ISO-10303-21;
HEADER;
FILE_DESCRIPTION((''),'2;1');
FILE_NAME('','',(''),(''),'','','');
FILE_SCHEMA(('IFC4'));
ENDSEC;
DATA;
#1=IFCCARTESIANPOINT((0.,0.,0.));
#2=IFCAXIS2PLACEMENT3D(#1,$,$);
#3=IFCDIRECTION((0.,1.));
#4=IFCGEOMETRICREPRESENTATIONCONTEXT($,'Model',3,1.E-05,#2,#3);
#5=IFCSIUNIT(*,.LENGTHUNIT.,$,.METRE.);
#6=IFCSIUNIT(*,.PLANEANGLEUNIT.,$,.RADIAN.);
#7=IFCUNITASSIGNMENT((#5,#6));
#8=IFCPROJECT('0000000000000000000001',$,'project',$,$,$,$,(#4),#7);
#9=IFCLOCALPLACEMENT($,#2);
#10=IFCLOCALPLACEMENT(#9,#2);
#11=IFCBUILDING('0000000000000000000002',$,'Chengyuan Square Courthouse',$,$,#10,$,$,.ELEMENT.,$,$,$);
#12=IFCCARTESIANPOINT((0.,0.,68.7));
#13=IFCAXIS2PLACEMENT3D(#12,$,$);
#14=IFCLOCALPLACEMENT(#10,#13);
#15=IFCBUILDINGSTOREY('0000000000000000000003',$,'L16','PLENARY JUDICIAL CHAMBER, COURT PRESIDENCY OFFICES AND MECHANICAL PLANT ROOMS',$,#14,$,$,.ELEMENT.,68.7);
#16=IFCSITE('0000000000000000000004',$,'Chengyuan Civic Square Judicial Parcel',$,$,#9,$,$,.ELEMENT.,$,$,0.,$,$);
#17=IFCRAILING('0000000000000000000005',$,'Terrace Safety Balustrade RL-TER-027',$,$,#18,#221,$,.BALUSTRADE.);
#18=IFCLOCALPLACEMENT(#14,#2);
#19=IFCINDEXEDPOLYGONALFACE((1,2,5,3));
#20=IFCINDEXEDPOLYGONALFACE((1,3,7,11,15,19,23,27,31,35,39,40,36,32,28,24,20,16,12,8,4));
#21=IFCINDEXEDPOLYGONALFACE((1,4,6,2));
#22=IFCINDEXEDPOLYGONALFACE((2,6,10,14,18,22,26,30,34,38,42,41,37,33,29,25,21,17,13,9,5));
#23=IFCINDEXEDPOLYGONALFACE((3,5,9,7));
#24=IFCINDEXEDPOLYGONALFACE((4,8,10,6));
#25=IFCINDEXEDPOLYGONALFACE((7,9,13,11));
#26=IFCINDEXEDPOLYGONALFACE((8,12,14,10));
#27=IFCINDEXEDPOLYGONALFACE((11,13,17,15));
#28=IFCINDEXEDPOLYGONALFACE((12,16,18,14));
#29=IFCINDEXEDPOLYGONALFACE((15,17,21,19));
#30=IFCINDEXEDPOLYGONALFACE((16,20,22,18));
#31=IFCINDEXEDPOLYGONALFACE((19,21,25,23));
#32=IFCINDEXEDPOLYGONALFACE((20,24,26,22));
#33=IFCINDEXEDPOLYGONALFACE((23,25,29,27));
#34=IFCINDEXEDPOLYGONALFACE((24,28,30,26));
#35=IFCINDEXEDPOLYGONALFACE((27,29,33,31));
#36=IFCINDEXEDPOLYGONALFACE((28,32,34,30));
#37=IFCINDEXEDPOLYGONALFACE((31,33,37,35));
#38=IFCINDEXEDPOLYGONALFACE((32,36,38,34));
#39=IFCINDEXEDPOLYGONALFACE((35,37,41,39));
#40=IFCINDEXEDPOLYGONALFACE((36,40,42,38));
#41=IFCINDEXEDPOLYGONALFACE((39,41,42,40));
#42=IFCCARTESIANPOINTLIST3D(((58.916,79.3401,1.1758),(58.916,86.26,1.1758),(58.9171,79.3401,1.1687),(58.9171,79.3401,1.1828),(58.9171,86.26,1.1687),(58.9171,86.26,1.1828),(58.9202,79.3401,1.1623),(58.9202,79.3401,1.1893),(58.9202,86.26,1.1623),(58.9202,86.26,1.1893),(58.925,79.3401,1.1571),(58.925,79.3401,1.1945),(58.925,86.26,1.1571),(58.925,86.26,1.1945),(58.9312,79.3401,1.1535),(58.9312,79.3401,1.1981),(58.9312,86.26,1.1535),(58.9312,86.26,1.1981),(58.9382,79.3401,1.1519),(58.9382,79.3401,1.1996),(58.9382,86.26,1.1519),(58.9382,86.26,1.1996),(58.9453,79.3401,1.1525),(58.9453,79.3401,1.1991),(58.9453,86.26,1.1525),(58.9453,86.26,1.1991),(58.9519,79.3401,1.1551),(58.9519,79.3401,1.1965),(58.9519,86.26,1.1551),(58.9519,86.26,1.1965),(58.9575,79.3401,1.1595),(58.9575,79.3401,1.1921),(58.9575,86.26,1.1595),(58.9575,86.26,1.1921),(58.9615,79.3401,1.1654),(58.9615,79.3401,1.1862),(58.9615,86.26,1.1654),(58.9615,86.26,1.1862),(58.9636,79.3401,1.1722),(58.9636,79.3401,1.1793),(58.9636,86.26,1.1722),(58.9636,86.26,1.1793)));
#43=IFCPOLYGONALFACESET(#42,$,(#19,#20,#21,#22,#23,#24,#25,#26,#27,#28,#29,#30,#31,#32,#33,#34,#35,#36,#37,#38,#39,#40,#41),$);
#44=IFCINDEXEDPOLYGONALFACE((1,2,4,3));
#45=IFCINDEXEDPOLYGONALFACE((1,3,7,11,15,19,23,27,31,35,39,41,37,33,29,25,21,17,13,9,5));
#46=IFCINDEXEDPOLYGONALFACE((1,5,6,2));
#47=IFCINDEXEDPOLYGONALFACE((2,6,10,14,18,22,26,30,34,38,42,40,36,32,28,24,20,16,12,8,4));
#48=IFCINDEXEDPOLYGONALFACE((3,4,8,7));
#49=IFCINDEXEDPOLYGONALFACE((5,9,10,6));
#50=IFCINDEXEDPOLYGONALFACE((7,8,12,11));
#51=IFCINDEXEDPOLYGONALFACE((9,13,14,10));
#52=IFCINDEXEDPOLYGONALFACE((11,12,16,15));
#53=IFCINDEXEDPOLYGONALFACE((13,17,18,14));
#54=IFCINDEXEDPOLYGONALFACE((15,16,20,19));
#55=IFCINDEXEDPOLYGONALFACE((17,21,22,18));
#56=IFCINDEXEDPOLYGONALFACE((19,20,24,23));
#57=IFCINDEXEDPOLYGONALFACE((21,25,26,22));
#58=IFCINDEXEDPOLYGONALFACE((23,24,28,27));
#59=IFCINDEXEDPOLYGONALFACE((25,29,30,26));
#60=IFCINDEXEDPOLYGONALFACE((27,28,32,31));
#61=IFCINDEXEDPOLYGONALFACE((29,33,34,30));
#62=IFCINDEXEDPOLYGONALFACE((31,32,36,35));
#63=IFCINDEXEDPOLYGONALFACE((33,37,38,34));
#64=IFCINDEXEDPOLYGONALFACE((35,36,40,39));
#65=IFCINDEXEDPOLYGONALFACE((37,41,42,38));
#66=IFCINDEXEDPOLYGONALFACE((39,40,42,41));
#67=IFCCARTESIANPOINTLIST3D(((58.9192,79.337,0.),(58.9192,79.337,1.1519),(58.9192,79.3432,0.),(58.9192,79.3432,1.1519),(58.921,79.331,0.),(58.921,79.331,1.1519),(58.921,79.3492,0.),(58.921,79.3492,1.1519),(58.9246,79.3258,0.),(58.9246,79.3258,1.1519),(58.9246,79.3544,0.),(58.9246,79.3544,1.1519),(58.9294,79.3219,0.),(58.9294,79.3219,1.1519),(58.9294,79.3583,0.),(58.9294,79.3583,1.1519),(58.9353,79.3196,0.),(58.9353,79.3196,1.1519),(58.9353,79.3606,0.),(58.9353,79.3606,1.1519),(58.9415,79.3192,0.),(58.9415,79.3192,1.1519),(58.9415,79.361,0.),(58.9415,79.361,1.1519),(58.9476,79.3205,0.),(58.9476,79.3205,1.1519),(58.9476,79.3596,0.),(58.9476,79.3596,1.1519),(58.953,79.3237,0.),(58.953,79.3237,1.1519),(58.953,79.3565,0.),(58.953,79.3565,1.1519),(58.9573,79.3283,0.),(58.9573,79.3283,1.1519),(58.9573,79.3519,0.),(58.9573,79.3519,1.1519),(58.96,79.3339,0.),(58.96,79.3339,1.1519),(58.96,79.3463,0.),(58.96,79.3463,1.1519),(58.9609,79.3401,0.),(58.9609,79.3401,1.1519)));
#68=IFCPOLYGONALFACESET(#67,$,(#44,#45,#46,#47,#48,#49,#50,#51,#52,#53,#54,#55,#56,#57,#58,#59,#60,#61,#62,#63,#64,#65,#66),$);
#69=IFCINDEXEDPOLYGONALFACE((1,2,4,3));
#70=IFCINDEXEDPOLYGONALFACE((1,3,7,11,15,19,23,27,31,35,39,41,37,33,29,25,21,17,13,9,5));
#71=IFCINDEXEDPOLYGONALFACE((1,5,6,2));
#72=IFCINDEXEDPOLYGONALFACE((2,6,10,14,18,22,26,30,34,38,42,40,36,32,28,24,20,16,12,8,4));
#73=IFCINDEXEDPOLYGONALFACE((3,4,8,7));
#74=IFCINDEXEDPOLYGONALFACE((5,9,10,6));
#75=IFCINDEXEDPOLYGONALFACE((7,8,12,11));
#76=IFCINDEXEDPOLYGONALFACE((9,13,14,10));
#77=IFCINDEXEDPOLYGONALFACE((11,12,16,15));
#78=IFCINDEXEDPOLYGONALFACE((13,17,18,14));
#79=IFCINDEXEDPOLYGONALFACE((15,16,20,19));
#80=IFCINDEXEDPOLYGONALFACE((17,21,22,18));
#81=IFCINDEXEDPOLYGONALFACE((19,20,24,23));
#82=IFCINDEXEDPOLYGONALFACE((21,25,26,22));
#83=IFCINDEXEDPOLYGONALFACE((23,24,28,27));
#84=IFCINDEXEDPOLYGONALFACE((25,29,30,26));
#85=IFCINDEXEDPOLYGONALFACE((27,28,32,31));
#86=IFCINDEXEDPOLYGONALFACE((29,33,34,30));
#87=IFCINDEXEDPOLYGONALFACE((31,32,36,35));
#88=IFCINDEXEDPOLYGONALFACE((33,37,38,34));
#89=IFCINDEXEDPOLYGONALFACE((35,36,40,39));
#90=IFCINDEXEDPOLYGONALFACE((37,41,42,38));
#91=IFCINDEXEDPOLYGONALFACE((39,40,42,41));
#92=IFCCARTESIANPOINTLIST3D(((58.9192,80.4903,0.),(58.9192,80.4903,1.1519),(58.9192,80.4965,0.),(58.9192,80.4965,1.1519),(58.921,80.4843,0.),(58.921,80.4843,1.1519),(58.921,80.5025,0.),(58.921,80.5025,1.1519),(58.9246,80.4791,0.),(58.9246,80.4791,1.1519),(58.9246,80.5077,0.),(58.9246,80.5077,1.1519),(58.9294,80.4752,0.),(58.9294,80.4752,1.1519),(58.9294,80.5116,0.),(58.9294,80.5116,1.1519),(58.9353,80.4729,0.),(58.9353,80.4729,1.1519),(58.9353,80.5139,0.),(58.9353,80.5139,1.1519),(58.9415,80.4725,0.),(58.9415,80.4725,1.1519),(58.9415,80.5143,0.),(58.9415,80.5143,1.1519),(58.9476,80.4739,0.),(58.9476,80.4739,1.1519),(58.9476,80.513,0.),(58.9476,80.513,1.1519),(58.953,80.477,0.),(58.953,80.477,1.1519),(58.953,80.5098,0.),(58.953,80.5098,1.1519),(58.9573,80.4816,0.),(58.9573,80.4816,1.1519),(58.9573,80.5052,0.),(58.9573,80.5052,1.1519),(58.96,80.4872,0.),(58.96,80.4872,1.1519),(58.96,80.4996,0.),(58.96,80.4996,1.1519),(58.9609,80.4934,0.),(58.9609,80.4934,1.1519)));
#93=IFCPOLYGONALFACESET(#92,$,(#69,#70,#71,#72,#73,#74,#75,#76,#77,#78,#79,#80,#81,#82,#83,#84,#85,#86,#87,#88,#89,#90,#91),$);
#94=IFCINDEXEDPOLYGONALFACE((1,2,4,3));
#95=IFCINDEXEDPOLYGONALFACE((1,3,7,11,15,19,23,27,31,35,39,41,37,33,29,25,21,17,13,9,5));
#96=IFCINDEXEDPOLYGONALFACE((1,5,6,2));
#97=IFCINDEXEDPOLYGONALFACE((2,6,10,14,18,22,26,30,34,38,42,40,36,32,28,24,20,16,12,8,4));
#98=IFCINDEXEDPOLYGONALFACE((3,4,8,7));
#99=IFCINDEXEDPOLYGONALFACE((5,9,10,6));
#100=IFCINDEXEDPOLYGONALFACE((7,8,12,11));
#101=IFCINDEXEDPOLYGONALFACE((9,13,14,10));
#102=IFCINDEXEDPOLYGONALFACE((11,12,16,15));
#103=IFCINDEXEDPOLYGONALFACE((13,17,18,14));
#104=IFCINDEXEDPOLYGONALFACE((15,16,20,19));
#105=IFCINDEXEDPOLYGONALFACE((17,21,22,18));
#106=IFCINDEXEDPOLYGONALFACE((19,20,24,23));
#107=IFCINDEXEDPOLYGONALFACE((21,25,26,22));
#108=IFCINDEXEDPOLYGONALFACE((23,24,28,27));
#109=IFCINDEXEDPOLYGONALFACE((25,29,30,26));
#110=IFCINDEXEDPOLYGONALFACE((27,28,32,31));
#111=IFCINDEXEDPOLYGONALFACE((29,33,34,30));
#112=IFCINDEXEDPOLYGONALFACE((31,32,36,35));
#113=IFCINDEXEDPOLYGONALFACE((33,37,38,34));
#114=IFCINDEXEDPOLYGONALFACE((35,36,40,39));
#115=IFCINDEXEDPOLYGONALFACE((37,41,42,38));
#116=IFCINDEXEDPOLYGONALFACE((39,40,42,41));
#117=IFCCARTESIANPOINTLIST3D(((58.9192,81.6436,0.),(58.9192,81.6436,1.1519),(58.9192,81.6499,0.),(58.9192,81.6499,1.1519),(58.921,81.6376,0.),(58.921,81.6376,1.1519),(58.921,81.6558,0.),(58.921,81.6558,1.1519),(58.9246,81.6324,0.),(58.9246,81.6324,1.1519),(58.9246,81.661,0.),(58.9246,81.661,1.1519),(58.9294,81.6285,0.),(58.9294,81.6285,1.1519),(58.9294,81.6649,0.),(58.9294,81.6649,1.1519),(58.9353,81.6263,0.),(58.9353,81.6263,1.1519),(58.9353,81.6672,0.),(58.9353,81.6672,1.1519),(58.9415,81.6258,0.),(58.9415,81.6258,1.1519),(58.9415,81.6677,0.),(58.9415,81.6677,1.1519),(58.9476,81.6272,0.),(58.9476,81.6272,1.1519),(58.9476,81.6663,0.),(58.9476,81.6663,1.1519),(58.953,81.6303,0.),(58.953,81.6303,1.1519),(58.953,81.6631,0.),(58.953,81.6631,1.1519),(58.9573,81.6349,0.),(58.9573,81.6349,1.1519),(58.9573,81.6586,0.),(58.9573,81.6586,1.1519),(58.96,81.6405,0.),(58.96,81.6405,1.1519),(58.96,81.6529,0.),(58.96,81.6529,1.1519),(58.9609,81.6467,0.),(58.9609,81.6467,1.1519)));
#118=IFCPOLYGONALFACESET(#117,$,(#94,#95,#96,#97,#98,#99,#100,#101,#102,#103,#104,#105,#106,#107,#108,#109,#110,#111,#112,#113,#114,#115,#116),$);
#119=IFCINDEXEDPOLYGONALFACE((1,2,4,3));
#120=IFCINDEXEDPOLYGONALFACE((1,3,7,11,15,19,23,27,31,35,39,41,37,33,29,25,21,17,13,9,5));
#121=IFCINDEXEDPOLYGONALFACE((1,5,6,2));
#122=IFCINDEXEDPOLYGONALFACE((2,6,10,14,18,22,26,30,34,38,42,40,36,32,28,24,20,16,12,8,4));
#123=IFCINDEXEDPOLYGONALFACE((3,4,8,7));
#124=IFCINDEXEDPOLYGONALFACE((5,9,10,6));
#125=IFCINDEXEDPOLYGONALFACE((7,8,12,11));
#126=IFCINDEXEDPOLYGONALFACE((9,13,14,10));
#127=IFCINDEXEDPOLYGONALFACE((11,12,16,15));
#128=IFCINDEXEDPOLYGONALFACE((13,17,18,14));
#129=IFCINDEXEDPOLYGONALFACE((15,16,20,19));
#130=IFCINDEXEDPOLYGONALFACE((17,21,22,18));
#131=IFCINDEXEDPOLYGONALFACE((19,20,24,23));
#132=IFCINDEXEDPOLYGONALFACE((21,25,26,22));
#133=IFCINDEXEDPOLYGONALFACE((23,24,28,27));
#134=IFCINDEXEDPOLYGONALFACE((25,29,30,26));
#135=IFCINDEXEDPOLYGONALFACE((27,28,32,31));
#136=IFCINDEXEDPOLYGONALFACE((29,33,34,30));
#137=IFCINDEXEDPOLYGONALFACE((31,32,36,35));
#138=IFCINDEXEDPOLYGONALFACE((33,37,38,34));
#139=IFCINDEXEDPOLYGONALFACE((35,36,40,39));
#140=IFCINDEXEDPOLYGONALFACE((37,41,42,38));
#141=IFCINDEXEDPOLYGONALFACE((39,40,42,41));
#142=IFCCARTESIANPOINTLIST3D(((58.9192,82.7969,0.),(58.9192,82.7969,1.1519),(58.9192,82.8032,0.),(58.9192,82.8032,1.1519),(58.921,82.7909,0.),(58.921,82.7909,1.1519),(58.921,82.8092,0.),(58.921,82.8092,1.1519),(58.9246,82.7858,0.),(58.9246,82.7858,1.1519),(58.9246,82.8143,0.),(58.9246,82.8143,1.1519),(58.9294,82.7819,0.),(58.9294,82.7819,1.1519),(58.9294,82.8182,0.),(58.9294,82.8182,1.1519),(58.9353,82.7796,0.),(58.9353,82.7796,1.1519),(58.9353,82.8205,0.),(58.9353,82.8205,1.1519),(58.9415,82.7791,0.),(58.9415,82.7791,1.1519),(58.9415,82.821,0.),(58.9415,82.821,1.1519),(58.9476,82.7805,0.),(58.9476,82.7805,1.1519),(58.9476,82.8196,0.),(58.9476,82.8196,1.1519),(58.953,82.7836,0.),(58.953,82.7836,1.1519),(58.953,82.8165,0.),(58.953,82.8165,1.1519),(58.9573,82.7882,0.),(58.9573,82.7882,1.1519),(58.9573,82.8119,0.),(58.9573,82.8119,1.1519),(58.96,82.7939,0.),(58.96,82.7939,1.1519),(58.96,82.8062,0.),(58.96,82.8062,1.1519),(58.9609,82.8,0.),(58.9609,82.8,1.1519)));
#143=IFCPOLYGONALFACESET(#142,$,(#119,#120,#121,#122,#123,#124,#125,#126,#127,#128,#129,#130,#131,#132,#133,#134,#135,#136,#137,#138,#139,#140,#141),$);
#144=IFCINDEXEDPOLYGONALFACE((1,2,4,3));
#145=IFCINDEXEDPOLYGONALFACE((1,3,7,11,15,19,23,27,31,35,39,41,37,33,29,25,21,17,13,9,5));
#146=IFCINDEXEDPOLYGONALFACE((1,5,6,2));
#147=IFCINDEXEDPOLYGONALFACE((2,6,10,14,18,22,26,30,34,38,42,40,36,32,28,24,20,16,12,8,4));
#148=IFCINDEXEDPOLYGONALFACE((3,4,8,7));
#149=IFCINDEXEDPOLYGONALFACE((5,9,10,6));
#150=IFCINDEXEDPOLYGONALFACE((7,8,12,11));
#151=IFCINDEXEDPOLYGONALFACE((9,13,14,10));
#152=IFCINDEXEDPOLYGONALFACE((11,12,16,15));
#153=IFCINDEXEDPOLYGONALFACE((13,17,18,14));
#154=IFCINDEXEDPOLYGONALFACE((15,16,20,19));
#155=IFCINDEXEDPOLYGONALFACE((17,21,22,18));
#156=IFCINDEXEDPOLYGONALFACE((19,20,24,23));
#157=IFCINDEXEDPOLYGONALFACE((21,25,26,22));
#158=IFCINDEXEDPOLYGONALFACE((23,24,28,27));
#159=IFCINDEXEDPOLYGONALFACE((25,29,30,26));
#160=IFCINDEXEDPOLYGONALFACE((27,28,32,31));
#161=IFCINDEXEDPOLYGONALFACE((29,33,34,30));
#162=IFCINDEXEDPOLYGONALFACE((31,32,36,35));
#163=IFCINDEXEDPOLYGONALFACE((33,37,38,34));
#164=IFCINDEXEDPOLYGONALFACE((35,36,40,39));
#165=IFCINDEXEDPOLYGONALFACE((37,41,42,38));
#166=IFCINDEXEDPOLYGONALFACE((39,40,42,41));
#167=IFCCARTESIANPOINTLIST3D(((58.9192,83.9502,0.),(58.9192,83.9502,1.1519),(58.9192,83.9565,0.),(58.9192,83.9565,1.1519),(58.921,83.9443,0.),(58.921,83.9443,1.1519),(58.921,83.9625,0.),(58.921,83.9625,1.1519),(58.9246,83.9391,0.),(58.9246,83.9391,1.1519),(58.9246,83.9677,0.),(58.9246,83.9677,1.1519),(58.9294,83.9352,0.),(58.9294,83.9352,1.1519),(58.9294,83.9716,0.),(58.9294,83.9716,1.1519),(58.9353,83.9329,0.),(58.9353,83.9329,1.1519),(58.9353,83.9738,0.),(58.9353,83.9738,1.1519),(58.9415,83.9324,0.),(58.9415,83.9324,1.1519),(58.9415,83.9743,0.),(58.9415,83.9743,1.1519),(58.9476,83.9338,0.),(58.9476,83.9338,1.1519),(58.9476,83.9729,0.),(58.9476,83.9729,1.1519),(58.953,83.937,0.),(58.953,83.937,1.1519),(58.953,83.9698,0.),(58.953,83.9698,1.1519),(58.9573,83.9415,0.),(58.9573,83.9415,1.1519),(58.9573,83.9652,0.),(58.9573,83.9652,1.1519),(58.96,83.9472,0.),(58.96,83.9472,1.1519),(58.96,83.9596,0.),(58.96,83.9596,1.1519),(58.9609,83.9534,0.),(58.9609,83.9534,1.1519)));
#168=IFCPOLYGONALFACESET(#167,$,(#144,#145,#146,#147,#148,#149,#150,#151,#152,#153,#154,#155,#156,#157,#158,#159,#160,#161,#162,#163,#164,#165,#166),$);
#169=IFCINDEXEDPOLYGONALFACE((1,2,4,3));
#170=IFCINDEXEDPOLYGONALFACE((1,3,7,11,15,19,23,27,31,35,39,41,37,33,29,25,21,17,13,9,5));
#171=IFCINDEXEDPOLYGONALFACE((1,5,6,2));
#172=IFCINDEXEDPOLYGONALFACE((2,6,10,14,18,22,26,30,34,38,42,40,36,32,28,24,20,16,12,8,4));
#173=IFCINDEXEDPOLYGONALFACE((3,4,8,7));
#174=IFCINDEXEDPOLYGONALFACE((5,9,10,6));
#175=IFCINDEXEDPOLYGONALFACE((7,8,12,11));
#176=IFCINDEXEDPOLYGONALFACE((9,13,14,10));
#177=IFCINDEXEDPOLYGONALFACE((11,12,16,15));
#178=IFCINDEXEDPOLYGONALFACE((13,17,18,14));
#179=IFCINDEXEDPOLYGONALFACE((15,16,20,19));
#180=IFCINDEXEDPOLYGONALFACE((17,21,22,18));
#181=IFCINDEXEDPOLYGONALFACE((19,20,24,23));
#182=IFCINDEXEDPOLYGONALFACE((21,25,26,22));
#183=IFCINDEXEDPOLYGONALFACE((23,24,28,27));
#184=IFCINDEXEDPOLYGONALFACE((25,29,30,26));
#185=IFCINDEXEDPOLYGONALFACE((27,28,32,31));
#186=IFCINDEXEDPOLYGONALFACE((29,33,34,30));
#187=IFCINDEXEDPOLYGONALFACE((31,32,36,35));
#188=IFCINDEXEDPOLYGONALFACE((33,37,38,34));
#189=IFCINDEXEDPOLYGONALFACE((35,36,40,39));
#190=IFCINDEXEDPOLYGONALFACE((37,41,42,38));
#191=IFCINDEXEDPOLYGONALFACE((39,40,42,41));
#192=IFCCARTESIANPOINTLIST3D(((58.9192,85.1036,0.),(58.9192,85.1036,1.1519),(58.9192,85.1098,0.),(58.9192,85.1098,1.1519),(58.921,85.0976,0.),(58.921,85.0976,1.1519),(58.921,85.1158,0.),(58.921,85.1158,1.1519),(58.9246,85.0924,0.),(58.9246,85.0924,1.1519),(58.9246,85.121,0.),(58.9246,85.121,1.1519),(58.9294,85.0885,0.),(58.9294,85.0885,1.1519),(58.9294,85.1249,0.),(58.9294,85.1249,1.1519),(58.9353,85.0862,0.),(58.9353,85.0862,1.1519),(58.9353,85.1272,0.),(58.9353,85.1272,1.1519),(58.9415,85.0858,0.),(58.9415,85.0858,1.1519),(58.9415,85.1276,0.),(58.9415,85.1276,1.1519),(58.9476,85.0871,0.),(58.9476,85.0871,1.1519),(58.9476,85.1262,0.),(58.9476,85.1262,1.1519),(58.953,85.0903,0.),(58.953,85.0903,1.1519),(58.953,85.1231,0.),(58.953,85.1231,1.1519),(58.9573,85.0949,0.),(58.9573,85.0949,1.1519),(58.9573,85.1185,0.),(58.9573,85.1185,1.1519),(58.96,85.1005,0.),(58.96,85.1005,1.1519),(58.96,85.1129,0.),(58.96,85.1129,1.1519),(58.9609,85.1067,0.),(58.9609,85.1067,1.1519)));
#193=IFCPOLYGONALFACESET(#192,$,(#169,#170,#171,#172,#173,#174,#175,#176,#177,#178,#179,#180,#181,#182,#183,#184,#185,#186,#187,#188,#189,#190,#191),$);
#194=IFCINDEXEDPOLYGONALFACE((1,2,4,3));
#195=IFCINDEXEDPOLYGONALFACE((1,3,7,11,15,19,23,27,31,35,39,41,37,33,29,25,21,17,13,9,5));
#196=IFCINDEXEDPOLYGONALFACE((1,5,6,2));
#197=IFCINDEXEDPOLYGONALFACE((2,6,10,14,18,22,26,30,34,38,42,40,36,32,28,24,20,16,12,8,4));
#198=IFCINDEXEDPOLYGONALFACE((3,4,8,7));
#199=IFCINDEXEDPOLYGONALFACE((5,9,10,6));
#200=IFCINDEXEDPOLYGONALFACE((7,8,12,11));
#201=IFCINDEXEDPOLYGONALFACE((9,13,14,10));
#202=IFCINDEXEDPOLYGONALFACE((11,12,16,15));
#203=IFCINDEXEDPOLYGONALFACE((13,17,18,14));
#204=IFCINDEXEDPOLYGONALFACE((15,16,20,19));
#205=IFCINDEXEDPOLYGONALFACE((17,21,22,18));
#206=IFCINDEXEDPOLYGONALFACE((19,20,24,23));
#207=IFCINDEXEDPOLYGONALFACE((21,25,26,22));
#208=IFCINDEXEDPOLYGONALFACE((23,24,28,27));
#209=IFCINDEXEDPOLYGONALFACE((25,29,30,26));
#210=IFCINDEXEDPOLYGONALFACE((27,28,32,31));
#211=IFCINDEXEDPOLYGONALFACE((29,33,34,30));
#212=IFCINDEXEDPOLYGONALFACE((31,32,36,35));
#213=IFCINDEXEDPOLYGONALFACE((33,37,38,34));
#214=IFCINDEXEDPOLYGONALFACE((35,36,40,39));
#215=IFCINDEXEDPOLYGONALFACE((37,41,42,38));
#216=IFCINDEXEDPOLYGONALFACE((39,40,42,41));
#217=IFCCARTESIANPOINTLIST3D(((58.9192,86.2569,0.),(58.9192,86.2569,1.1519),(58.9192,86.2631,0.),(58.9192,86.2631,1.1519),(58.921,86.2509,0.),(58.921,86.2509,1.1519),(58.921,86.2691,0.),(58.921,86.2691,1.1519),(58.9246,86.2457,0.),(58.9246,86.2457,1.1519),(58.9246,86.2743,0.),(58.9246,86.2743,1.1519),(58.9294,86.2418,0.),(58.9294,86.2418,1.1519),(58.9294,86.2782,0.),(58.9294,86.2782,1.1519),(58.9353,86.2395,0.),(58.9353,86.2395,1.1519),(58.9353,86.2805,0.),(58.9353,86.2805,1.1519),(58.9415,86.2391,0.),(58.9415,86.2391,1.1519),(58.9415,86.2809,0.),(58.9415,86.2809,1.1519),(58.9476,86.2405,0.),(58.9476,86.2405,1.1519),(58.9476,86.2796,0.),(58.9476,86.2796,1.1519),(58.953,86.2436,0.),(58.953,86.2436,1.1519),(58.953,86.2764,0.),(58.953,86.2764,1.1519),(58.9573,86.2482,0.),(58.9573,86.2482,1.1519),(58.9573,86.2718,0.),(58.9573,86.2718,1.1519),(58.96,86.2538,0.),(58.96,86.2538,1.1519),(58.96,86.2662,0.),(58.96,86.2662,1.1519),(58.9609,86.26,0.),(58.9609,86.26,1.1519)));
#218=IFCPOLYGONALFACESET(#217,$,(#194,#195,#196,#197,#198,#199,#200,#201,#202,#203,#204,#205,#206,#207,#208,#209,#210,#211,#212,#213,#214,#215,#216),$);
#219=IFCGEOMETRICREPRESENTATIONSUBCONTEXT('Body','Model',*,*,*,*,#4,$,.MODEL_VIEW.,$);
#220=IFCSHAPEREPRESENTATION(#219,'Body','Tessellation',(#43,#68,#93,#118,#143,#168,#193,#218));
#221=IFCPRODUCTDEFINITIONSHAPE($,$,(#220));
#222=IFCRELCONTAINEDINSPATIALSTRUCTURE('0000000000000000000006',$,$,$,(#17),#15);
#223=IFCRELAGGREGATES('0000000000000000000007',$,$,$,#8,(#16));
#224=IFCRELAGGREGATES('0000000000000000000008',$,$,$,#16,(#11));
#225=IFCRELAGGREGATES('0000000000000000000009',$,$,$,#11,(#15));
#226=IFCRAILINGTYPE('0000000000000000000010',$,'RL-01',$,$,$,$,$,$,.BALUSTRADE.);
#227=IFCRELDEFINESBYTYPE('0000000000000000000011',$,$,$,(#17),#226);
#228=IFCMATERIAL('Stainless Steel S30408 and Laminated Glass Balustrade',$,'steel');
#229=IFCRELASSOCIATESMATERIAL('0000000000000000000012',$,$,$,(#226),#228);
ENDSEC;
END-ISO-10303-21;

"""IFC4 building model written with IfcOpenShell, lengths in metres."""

from ifc_helpers import new_model, si_unit, direction, frame, origin, origin_2d, place, context, subcontext, project, spatial, circle, extrude, material, type_object, element, save


model = new_model("IFC4")

# Units and contexts
model_context = context("Model", 3, precision=1e-05, world=origin(), true_north=direction((0.0, 1.0)))
body_context = subcontext(model_context, "Body", "Model", "MODEL_VIEW")
ifc_project = project(units=[si_unit("LENGTHUNIT", "METRE"), si_unit("PLANEANGLEUNIT", "RADIAN")], contexts=[model_context])

# Site, building, storey
site_placement = place(None, origin())
site = spatial("IfcSite", under=ifc_project, at=site_placement, Name="Chengyuan Civic Square Judicial Parcel", CompositionType="ELEMENT", RefElevation=0.0)
building_placement = place(site_placement, origin())
building = spatial("IfcBuilding", under=site, at=building_placement, Name="Chengyuan Square Courthouse", CompositionType="ELEMENT")
storey_placement = place(building_placement, frame((0.0, 0.0, 68.7)))
storey = spatial("IfcBuildingStorey", under=building, at=storey_placement, Name="L16", Description="PLENARY JUDICIAL CHAMBER, COURT PRESIDENCY OFFICES AND MECHANICAL PLANT ROOMS", CompositionType="ELEMENT", Elevation=68.7)

# Railing
ifc_material_1 = material(Name="Stainless Steel S30408 and Laminated Glass Balustrade", Category="steel")
railing_type = type_object("IfcRailingType", Name="RL-01", PredefinedType="BALUSTRADE", material=ifc_material_1)
railing_placement = place(storey_placement, frame((58.9399, 79.3401, 0.0)))
element("IfcRailing", 1, at=railing_placement, inside=storey, type_object=railing_type, Name="Terrace Safety Balustrade RL-TER-027", PredefinedType="BALUSTRADE", context=body_context, shape_type="SweptSolid", body=[
    extrude(circle(Radius=0.0239, at=origin_2d()), frame((0.0, 0.0, 1.1758), z_axis=(0.0, 1.0, 0.0), x_axis=(-1.0, 0.0, 0.0)), (0.0, 0.0, 1.0), 6.9199),
    extrude(circle(Radius=0.021, at=origin_2d()), origin(), (0.0, 0.0, 1.0), 1.1519),
    extrude(circle(Radius=0.021, at=origin_2d()), frame((0.0, 1.1533, 0.0)), (0.0, 0.0, 1.0), 1.1519),
    extrude(circle(Radius=0.021, at=origin_2d()), frame((0.0, 2.3066, 0.0)), (0.0, 0.0, 1.0), 1.1519),
    extrude(circle(Radius=0.021, at=origin_2d()), frame((0.0, 3.46, 0.0)), (0.0, 0.0, 1.0), 1.1519),
    extrude(circle(Radius=0.021, at=origin_2d()), frame((0.0, 4.6133, 0.0)), (0.0, 0.0, 1.0), 1.1519),
    extrude(circle(Radius=0.021, at=origin_2d()), frame((0.0, 5.7666, 0.0)), (0.0, 0.0, 1.0), 1.1519),
    extrude(circle(Radius=0.021, at=origin_2d()), frame((0.0, 6.9199, 0.0)), (0.0, 0.0, 1.0), 1.1519),
])

save(model, "model.ifc")
